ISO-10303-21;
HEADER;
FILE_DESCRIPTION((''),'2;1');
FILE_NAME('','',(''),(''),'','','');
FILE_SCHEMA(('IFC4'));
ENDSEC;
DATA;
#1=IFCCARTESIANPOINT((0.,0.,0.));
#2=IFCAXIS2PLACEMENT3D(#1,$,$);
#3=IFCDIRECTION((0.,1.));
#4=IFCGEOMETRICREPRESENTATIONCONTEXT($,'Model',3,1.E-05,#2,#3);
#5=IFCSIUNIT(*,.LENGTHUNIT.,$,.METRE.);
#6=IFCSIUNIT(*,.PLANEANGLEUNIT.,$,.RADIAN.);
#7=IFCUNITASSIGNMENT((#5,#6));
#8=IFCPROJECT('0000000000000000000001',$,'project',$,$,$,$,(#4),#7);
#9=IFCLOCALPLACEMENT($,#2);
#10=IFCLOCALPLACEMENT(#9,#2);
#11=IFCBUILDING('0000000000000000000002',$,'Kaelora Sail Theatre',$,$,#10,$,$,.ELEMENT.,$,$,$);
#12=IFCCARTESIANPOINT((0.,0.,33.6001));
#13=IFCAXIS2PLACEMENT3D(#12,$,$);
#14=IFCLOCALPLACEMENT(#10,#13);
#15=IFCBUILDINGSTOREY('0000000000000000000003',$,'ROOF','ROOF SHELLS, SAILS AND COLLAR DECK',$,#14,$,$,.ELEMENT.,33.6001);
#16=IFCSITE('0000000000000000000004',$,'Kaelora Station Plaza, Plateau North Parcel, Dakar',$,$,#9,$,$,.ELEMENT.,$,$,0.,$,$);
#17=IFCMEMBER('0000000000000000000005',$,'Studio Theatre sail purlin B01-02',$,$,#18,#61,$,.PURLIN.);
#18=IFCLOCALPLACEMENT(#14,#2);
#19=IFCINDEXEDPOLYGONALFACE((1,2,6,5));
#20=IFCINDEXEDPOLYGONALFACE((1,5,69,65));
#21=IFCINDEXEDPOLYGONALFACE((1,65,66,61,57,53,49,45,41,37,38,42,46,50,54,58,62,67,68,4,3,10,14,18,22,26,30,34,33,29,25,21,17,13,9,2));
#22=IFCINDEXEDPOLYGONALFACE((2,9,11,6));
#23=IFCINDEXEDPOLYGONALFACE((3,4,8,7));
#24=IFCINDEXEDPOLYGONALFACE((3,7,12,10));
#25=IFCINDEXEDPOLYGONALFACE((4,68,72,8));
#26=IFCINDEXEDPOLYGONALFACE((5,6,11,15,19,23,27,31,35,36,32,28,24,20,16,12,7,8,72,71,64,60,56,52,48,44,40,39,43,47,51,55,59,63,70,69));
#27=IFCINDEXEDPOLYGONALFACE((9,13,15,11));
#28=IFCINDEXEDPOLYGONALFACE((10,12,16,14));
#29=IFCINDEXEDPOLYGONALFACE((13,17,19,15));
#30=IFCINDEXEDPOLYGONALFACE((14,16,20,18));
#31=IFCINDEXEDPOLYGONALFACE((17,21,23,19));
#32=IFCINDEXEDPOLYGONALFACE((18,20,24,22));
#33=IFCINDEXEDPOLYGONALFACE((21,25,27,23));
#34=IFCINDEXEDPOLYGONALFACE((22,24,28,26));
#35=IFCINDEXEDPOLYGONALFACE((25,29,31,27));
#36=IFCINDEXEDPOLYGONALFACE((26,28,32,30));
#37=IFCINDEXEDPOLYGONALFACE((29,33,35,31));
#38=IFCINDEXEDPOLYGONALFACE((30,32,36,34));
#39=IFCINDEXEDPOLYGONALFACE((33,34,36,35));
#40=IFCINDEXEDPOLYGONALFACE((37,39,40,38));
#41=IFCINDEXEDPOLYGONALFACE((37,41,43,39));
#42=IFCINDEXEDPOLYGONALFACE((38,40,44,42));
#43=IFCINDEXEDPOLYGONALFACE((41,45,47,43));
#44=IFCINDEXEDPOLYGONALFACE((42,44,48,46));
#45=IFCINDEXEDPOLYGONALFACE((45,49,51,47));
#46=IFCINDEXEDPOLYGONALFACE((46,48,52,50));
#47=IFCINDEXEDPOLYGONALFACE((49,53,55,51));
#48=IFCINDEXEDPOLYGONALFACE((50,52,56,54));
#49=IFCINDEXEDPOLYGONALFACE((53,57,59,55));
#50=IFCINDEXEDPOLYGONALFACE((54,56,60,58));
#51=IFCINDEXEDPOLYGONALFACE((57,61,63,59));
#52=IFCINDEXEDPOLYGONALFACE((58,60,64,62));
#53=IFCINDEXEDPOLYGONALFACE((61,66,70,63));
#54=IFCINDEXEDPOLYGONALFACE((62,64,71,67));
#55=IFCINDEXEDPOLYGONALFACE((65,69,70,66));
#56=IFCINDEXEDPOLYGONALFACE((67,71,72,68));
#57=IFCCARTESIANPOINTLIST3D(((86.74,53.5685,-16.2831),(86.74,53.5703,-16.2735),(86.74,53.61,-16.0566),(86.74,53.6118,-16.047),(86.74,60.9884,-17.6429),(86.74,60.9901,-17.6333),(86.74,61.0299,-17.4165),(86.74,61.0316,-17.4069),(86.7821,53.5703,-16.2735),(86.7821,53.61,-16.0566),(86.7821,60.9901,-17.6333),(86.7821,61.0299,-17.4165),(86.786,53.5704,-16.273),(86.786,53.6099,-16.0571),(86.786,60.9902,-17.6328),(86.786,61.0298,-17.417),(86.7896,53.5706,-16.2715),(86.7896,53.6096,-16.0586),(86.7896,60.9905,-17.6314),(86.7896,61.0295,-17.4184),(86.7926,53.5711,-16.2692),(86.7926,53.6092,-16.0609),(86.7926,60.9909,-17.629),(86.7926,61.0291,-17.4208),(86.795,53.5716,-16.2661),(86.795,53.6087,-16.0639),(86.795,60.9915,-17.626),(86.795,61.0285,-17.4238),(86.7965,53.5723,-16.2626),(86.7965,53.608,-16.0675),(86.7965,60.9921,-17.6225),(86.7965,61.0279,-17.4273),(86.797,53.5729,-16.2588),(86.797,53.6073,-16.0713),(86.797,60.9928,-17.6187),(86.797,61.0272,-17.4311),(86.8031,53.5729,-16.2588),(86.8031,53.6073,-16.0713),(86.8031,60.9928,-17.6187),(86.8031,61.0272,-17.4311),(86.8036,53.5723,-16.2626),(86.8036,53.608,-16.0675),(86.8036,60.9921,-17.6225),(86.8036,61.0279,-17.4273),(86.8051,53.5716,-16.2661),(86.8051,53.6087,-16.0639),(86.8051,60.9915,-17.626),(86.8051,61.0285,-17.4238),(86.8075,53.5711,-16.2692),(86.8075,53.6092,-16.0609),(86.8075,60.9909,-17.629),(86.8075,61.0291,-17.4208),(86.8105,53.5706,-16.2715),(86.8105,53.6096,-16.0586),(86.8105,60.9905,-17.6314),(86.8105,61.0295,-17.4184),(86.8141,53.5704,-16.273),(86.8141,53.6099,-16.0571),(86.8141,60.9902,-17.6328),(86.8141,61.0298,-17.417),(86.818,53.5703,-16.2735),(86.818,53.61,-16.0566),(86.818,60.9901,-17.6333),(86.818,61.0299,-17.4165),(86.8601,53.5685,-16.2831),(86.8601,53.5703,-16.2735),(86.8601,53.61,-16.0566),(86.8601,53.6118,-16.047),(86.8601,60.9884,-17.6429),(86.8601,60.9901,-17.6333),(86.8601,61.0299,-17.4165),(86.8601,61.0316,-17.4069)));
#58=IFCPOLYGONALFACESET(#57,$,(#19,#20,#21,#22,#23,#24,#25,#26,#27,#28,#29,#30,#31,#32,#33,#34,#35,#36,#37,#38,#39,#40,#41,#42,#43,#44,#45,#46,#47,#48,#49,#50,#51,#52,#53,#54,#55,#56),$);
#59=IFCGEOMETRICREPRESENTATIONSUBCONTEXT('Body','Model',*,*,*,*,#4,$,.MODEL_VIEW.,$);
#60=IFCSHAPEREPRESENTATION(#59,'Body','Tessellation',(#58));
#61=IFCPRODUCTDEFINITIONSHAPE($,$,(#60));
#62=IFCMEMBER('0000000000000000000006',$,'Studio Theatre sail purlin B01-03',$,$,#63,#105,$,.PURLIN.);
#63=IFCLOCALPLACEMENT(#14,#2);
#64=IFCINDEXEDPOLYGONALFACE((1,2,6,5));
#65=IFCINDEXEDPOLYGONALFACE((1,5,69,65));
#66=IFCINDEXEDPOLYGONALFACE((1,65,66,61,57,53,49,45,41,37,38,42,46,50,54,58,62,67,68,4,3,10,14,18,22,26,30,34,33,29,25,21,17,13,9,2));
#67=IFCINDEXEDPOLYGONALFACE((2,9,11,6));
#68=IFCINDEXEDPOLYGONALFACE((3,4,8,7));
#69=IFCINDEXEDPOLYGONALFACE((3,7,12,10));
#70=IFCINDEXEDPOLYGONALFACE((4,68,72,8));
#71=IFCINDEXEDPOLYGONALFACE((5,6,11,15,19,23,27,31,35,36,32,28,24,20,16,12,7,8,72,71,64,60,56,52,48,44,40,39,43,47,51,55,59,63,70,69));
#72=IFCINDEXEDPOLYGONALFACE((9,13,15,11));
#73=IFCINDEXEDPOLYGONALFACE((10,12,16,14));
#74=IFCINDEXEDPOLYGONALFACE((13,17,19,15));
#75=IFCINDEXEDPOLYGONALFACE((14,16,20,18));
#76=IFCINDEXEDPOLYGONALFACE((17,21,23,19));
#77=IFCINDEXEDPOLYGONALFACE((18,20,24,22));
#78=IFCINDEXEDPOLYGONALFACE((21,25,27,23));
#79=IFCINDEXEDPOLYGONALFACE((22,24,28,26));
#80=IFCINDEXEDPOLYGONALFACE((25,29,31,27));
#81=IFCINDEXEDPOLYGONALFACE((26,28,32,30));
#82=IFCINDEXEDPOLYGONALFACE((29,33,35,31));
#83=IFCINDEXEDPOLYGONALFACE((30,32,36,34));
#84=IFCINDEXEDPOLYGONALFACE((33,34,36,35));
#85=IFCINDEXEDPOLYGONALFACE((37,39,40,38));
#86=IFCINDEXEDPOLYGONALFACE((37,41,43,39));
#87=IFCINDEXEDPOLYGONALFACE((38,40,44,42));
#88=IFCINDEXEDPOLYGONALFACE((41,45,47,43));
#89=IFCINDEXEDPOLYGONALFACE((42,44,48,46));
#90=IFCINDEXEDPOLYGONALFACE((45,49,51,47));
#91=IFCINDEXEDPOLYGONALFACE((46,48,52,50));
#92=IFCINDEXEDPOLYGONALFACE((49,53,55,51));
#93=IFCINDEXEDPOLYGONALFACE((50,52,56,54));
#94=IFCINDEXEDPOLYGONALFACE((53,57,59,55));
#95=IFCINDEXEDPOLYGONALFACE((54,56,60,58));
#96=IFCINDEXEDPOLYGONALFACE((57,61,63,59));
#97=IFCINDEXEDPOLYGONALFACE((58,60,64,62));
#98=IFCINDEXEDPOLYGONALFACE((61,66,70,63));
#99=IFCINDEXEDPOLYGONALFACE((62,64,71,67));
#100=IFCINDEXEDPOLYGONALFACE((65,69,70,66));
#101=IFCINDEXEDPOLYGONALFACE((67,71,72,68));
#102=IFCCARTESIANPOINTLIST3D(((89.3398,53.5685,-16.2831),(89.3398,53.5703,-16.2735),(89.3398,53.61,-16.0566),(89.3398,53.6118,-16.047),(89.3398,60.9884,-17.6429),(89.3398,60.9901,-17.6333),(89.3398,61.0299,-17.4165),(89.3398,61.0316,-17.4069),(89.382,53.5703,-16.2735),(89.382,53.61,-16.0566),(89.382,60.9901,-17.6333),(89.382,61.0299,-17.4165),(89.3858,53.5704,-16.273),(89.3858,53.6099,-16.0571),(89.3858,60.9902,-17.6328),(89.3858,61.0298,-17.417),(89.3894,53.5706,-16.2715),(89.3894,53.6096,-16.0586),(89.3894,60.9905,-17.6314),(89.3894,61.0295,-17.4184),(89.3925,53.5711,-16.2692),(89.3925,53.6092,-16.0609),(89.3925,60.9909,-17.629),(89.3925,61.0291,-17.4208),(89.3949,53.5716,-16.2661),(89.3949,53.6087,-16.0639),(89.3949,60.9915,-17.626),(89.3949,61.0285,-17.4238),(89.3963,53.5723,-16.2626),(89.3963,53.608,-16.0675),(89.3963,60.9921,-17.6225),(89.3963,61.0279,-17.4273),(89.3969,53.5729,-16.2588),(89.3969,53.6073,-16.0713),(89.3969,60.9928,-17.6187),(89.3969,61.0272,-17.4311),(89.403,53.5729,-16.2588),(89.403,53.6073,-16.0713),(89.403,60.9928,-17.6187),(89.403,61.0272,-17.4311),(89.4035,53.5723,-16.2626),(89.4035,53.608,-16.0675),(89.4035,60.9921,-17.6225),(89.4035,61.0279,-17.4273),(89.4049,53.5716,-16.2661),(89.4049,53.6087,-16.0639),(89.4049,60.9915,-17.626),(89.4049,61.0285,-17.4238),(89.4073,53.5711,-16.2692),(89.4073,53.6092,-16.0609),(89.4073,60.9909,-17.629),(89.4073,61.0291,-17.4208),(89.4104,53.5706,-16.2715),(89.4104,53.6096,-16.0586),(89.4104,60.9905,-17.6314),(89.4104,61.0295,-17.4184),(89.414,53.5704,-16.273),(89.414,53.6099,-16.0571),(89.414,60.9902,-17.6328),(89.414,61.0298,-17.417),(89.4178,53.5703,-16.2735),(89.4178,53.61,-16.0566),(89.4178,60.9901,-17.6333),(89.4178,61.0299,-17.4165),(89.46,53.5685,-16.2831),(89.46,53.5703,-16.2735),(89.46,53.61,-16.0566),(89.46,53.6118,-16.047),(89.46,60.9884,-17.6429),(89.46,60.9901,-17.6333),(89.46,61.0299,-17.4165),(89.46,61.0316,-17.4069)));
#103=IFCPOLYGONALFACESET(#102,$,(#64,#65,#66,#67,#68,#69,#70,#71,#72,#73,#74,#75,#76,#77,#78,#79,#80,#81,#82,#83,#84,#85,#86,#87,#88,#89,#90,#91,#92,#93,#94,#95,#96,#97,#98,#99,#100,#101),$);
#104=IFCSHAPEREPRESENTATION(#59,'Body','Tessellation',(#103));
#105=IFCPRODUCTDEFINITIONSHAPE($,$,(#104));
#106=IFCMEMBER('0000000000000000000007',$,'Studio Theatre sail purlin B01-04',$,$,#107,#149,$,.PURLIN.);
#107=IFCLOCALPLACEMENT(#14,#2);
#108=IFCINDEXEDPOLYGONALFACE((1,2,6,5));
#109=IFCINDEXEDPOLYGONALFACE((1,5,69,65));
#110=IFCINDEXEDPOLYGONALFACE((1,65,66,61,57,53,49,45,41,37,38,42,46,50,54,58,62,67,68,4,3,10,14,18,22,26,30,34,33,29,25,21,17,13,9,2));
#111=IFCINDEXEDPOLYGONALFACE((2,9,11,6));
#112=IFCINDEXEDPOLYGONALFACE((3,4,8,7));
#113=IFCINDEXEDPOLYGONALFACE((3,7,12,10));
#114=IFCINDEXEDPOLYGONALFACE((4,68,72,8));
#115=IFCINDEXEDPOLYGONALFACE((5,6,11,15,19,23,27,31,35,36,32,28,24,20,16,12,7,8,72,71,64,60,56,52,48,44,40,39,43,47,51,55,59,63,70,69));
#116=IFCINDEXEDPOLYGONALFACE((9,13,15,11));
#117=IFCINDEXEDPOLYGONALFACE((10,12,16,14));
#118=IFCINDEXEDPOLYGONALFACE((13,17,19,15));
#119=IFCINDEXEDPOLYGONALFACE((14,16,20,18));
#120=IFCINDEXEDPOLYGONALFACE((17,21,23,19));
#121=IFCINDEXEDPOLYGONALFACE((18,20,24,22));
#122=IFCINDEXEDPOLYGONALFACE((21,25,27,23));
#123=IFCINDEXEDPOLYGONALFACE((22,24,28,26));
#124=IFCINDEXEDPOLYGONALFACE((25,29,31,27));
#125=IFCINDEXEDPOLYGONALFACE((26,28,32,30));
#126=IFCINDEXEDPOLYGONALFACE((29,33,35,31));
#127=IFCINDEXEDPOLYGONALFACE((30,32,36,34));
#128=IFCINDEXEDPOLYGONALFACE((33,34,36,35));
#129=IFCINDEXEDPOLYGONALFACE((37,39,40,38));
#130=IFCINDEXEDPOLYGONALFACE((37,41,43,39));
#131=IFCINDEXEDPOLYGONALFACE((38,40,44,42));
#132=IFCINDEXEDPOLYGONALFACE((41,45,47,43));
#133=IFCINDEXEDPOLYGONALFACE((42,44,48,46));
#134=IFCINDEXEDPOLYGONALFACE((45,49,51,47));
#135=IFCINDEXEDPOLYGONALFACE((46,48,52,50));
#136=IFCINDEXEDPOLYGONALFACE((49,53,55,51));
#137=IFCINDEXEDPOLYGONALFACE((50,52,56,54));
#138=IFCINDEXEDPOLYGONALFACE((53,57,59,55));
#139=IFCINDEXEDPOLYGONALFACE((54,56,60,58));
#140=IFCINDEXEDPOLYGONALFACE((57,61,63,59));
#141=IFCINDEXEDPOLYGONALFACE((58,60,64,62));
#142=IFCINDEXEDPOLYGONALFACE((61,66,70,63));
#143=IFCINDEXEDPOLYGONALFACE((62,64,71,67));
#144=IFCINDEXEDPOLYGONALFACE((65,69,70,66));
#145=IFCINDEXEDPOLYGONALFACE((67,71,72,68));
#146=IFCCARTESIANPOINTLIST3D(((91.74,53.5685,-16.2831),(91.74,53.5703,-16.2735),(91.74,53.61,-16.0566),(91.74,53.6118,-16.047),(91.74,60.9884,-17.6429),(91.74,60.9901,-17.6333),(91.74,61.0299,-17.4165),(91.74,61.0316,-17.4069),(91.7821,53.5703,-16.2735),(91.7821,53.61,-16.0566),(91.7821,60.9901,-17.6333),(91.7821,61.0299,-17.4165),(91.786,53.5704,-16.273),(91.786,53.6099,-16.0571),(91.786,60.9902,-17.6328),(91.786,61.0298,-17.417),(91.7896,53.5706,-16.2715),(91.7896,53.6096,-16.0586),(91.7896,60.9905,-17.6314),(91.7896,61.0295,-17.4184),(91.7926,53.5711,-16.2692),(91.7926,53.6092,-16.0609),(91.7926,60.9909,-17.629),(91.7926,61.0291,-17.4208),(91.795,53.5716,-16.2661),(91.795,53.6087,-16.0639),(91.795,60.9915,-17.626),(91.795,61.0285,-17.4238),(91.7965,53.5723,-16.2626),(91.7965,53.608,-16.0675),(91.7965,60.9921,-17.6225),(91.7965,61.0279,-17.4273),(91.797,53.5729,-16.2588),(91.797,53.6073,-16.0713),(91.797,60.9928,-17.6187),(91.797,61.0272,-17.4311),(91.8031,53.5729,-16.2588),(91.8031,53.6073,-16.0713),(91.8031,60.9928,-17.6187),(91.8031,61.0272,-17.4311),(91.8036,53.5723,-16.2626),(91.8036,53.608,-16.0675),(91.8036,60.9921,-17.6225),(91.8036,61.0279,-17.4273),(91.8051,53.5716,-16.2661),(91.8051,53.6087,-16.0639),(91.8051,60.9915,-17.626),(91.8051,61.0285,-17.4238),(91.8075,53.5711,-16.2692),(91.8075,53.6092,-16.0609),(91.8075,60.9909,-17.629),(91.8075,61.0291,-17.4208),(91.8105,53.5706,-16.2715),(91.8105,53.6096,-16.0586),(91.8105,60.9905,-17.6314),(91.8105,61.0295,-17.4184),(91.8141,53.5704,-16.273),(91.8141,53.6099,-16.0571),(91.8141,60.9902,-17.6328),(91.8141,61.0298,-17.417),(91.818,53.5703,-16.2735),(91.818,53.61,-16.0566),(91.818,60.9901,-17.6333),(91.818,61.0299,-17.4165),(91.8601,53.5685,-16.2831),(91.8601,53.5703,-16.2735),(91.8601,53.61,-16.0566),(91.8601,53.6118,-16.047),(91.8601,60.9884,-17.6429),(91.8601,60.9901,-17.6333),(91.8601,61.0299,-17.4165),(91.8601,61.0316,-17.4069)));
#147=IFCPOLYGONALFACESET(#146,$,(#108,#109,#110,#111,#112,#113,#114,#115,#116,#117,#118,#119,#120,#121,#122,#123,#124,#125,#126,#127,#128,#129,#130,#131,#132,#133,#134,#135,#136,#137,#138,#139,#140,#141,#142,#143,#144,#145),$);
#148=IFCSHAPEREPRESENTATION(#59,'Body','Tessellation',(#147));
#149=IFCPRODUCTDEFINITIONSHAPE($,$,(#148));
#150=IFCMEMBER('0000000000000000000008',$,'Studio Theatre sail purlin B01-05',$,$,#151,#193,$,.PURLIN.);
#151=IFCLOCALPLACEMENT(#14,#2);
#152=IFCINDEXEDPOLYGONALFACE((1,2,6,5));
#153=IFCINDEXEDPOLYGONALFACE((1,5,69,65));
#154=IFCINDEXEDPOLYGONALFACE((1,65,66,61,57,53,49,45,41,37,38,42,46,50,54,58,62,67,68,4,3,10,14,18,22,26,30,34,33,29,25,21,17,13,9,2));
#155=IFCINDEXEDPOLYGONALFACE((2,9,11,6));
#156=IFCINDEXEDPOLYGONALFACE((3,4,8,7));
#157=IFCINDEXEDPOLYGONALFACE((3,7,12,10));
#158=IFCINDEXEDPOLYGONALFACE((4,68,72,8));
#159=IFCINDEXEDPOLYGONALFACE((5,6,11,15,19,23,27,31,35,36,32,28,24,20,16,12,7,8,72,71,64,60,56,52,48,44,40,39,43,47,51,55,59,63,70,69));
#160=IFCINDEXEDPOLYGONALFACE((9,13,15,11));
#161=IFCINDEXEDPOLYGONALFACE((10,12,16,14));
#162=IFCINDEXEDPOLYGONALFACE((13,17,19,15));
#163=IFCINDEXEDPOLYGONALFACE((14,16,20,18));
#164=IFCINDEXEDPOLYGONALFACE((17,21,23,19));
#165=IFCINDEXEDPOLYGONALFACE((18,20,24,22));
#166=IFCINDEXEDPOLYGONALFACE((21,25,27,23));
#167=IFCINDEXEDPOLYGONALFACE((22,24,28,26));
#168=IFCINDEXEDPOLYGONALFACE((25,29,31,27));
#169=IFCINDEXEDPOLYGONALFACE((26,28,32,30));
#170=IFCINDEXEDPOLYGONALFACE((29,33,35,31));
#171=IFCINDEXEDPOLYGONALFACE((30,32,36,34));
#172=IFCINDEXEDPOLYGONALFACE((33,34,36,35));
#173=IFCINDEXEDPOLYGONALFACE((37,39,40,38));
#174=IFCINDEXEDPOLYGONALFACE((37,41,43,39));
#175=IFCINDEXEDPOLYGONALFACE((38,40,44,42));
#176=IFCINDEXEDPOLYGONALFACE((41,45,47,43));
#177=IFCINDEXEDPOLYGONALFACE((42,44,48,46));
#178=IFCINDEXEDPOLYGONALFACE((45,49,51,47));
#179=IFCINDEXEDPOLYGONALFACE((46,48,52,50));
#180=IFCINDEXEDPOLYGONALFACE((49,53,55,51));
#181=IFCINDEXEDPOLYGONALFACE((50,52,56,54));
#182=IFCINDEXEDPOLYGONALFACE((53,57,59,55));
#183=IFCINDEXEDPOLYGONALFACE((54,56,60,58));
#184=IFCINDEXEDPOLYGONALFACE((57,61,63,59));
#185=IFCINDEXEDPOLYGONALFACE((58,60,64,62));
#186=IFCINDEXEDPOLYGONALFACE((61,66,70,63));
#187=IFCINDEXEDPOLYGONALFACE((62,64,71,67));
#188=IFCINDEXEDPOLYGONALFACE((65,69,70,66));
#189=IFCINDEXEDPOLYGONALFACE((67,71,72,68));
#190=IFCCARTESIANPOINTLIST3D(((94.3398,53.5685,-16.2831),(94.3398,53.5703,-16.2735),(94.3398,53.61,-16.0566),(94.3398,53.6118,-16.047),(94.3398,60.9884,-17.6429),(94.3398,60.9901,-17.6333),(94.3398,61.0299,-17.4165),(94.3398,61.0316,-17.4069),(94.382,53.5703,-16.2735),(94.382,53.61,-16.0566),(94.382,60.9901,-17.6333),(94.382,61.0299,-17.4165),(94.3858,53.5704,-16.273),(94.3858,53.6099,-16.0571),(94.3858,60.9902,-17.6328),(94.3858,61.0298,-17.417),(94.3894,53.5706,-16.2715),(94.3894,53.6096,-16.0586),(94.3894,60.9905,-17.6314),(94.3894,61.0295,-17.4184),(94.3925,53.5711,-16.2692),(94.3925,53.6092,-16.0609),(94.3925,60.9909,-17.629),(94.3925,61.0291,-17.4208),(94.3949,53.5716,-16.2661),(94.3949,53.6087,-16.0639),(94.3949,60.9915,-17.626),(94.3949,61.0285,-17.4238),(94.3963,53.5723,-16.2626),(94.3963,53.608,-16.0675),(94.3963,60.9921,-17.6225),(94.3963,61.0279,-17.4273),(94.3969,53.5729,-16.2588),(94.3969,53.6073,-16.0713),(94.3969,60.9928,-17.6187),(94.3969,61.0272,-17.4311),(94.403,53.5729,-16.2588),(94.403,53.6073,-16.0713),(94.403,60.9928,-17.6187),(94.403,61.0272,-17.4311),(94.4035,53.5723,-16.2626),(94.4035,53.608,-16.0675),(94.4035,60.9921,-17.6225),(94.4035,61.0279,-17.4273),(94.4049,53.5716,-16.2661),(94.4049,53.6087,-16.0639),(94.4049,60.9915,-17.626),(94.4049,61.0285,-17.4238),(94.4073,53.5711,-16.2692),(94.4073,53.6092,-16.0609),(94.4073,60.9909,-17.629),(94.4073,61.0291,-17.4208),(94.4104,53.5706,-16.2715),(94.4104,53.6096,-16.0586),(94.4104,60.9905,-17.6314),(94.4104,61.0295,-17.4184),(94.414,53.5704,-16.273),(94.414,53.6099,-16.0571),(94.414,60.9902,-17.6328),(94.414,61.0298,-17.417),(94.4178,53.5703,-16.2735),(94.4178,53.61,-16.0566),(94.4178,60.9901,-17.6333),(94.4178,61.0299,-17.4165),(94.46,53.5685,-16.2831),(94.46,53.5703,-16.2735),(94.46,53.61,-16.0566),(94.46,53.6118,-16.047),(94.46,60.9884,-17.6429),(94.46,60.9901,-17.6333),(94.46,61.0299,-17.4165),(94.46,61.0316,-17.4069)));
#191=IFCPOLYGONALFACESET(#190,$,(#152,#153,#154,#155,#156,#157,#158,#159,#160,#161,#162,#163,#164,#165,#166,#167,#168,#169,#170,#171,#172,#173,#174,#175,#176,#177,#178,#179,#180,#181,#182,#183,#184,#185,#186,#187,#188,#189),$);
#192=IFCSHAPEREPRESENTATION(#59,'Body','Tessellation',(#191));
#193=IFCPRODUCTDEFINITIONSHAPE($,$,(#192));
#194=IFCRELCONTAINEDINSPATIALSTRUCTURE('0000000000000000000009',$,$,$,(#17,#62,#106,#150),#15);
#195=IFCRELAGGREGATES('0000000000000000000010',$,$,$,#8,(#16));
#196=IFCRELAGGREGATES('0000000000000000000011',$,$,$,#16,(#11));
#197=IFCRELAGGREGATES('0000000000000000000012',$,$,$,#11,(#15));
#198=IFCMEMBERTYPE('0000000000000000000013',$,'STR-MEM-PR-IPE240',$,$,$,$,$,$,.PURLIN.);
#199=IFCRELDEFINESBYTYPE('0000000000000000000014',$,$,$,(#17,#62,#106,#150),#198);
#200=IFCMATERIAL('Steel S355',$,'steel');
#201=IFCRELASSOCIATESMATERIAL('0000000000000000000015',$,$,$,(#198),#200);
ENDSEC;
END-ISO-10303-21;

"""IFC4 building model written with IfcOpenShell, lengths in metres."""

from ifc_helpers import new_model, si_unit, direction, frame, origin, origin_2d, place, context, subcontext, project, spatial, i_section, extrude, material, material_profile, profile_set, type_object, element, save


model = new_model("IFC4")

# Units and contexts
model_context = context("Model", 3, precision=1e-05, world=origin(), true_north=direction((0.0, 1.0)))
body_context = subcontext(model_context, "Body", "Model", "MODEL_VIEW")
ifc_project = project(units=[si_unit("LENGTHUNIT", "METRE"), si_unit("PLANEANGLEUNIT", "RADIAN")], contexts=[model_context])

# Site, building, storey
site_placement = place(None, origin())
site = spatial("IfcSite", under=ifc_project, at=site_placement, Name="Kaelora Station Plaza, Plateau North Parcel, Dakar", CompositionType="ELEMENT", RefElevation=0.0)
building_placement = place(site_placement, origin())
building = spatial("IfcBuilding", under=site, at=building_placement, Name="Kaelora Sail Theatre", CompositionType="ELEMENT")
storey_placement = place(building_placement, frame((0.0, 0.0, 33.6001)))
storey = spatial("IfcBuildingStorey", under=building, at=storey_placement, Name="ROOF", Description="ROOF SHELLS, SAILS AND COLLAR DECK", CompositionType="ELEMENT", Elevation=33.6001)

# Members
ifc_material_1 = material(Name="Steel S355", Category="steel")
ifc_material_profile_1 = material_profile(ifc_material_1, i_section(OverallWidth=0.1201, OverallDepth=0.24, WebThickness=0.0061, FlangeThickness=0.0098, FilletRadius=0.0149, at=origin_2d()), Name="IPE 240")
ifc_profile_set_1 = profile_set([ifc_material_profile_1], Name="Steel S355")
member_type = type_object("IfcMemberType", Name="STR-MEM-PR-IPE240", PredefinedType="PURLIN", material=ifc_profile_set_1)
for number, where, z_axis, x_axis, name in (
    (1, (86.8, 61.01, -17.5249), (0.0, -0.983617, 0.180269), (1.0, 0.0, 0.0), "Studio Theatre sail purlin B01-02"),
    (2, (89.3999, 61.01, -17.5249), (0.0, -0.983617, 0.180269), (1.0, 0.0, 0.0), "Studio Theatre sail purlin B01-03"),
    (3, (91.8, 61.01, -17.5249), (0.0, -0.983617, 0.180269), (1.0, 0.0, 0.0), "Studio Theatre sail purlin B01-04"),
    (4, (94.3999, 61.01, -17.5249), (0.0, -0.983617, 0.180269), (1.0, 0.0, 0.0), "Studio Theatre sail purlin B01-05"),
):
    element("IfcMember", number, at=place(storey_placement, frame(where, z_axis=z_axis, x_axis=x_axis)), inside=storey, type_object=member_type, Name=name, PredefinedType="PURLIN", context=body_context, shape_type="SweptSolid", body=[
        extrude(i_section(OverallWidth=0.1201, OverallDepth=0.24, WebThickness=0.0061, FlangeThickness=0.0098, FilletRadius=0.0149, at=origin_2d()), origin(), (0.0, 0.0, 1.0), 7.5435),
    ])

save(model, "model.ifc")
